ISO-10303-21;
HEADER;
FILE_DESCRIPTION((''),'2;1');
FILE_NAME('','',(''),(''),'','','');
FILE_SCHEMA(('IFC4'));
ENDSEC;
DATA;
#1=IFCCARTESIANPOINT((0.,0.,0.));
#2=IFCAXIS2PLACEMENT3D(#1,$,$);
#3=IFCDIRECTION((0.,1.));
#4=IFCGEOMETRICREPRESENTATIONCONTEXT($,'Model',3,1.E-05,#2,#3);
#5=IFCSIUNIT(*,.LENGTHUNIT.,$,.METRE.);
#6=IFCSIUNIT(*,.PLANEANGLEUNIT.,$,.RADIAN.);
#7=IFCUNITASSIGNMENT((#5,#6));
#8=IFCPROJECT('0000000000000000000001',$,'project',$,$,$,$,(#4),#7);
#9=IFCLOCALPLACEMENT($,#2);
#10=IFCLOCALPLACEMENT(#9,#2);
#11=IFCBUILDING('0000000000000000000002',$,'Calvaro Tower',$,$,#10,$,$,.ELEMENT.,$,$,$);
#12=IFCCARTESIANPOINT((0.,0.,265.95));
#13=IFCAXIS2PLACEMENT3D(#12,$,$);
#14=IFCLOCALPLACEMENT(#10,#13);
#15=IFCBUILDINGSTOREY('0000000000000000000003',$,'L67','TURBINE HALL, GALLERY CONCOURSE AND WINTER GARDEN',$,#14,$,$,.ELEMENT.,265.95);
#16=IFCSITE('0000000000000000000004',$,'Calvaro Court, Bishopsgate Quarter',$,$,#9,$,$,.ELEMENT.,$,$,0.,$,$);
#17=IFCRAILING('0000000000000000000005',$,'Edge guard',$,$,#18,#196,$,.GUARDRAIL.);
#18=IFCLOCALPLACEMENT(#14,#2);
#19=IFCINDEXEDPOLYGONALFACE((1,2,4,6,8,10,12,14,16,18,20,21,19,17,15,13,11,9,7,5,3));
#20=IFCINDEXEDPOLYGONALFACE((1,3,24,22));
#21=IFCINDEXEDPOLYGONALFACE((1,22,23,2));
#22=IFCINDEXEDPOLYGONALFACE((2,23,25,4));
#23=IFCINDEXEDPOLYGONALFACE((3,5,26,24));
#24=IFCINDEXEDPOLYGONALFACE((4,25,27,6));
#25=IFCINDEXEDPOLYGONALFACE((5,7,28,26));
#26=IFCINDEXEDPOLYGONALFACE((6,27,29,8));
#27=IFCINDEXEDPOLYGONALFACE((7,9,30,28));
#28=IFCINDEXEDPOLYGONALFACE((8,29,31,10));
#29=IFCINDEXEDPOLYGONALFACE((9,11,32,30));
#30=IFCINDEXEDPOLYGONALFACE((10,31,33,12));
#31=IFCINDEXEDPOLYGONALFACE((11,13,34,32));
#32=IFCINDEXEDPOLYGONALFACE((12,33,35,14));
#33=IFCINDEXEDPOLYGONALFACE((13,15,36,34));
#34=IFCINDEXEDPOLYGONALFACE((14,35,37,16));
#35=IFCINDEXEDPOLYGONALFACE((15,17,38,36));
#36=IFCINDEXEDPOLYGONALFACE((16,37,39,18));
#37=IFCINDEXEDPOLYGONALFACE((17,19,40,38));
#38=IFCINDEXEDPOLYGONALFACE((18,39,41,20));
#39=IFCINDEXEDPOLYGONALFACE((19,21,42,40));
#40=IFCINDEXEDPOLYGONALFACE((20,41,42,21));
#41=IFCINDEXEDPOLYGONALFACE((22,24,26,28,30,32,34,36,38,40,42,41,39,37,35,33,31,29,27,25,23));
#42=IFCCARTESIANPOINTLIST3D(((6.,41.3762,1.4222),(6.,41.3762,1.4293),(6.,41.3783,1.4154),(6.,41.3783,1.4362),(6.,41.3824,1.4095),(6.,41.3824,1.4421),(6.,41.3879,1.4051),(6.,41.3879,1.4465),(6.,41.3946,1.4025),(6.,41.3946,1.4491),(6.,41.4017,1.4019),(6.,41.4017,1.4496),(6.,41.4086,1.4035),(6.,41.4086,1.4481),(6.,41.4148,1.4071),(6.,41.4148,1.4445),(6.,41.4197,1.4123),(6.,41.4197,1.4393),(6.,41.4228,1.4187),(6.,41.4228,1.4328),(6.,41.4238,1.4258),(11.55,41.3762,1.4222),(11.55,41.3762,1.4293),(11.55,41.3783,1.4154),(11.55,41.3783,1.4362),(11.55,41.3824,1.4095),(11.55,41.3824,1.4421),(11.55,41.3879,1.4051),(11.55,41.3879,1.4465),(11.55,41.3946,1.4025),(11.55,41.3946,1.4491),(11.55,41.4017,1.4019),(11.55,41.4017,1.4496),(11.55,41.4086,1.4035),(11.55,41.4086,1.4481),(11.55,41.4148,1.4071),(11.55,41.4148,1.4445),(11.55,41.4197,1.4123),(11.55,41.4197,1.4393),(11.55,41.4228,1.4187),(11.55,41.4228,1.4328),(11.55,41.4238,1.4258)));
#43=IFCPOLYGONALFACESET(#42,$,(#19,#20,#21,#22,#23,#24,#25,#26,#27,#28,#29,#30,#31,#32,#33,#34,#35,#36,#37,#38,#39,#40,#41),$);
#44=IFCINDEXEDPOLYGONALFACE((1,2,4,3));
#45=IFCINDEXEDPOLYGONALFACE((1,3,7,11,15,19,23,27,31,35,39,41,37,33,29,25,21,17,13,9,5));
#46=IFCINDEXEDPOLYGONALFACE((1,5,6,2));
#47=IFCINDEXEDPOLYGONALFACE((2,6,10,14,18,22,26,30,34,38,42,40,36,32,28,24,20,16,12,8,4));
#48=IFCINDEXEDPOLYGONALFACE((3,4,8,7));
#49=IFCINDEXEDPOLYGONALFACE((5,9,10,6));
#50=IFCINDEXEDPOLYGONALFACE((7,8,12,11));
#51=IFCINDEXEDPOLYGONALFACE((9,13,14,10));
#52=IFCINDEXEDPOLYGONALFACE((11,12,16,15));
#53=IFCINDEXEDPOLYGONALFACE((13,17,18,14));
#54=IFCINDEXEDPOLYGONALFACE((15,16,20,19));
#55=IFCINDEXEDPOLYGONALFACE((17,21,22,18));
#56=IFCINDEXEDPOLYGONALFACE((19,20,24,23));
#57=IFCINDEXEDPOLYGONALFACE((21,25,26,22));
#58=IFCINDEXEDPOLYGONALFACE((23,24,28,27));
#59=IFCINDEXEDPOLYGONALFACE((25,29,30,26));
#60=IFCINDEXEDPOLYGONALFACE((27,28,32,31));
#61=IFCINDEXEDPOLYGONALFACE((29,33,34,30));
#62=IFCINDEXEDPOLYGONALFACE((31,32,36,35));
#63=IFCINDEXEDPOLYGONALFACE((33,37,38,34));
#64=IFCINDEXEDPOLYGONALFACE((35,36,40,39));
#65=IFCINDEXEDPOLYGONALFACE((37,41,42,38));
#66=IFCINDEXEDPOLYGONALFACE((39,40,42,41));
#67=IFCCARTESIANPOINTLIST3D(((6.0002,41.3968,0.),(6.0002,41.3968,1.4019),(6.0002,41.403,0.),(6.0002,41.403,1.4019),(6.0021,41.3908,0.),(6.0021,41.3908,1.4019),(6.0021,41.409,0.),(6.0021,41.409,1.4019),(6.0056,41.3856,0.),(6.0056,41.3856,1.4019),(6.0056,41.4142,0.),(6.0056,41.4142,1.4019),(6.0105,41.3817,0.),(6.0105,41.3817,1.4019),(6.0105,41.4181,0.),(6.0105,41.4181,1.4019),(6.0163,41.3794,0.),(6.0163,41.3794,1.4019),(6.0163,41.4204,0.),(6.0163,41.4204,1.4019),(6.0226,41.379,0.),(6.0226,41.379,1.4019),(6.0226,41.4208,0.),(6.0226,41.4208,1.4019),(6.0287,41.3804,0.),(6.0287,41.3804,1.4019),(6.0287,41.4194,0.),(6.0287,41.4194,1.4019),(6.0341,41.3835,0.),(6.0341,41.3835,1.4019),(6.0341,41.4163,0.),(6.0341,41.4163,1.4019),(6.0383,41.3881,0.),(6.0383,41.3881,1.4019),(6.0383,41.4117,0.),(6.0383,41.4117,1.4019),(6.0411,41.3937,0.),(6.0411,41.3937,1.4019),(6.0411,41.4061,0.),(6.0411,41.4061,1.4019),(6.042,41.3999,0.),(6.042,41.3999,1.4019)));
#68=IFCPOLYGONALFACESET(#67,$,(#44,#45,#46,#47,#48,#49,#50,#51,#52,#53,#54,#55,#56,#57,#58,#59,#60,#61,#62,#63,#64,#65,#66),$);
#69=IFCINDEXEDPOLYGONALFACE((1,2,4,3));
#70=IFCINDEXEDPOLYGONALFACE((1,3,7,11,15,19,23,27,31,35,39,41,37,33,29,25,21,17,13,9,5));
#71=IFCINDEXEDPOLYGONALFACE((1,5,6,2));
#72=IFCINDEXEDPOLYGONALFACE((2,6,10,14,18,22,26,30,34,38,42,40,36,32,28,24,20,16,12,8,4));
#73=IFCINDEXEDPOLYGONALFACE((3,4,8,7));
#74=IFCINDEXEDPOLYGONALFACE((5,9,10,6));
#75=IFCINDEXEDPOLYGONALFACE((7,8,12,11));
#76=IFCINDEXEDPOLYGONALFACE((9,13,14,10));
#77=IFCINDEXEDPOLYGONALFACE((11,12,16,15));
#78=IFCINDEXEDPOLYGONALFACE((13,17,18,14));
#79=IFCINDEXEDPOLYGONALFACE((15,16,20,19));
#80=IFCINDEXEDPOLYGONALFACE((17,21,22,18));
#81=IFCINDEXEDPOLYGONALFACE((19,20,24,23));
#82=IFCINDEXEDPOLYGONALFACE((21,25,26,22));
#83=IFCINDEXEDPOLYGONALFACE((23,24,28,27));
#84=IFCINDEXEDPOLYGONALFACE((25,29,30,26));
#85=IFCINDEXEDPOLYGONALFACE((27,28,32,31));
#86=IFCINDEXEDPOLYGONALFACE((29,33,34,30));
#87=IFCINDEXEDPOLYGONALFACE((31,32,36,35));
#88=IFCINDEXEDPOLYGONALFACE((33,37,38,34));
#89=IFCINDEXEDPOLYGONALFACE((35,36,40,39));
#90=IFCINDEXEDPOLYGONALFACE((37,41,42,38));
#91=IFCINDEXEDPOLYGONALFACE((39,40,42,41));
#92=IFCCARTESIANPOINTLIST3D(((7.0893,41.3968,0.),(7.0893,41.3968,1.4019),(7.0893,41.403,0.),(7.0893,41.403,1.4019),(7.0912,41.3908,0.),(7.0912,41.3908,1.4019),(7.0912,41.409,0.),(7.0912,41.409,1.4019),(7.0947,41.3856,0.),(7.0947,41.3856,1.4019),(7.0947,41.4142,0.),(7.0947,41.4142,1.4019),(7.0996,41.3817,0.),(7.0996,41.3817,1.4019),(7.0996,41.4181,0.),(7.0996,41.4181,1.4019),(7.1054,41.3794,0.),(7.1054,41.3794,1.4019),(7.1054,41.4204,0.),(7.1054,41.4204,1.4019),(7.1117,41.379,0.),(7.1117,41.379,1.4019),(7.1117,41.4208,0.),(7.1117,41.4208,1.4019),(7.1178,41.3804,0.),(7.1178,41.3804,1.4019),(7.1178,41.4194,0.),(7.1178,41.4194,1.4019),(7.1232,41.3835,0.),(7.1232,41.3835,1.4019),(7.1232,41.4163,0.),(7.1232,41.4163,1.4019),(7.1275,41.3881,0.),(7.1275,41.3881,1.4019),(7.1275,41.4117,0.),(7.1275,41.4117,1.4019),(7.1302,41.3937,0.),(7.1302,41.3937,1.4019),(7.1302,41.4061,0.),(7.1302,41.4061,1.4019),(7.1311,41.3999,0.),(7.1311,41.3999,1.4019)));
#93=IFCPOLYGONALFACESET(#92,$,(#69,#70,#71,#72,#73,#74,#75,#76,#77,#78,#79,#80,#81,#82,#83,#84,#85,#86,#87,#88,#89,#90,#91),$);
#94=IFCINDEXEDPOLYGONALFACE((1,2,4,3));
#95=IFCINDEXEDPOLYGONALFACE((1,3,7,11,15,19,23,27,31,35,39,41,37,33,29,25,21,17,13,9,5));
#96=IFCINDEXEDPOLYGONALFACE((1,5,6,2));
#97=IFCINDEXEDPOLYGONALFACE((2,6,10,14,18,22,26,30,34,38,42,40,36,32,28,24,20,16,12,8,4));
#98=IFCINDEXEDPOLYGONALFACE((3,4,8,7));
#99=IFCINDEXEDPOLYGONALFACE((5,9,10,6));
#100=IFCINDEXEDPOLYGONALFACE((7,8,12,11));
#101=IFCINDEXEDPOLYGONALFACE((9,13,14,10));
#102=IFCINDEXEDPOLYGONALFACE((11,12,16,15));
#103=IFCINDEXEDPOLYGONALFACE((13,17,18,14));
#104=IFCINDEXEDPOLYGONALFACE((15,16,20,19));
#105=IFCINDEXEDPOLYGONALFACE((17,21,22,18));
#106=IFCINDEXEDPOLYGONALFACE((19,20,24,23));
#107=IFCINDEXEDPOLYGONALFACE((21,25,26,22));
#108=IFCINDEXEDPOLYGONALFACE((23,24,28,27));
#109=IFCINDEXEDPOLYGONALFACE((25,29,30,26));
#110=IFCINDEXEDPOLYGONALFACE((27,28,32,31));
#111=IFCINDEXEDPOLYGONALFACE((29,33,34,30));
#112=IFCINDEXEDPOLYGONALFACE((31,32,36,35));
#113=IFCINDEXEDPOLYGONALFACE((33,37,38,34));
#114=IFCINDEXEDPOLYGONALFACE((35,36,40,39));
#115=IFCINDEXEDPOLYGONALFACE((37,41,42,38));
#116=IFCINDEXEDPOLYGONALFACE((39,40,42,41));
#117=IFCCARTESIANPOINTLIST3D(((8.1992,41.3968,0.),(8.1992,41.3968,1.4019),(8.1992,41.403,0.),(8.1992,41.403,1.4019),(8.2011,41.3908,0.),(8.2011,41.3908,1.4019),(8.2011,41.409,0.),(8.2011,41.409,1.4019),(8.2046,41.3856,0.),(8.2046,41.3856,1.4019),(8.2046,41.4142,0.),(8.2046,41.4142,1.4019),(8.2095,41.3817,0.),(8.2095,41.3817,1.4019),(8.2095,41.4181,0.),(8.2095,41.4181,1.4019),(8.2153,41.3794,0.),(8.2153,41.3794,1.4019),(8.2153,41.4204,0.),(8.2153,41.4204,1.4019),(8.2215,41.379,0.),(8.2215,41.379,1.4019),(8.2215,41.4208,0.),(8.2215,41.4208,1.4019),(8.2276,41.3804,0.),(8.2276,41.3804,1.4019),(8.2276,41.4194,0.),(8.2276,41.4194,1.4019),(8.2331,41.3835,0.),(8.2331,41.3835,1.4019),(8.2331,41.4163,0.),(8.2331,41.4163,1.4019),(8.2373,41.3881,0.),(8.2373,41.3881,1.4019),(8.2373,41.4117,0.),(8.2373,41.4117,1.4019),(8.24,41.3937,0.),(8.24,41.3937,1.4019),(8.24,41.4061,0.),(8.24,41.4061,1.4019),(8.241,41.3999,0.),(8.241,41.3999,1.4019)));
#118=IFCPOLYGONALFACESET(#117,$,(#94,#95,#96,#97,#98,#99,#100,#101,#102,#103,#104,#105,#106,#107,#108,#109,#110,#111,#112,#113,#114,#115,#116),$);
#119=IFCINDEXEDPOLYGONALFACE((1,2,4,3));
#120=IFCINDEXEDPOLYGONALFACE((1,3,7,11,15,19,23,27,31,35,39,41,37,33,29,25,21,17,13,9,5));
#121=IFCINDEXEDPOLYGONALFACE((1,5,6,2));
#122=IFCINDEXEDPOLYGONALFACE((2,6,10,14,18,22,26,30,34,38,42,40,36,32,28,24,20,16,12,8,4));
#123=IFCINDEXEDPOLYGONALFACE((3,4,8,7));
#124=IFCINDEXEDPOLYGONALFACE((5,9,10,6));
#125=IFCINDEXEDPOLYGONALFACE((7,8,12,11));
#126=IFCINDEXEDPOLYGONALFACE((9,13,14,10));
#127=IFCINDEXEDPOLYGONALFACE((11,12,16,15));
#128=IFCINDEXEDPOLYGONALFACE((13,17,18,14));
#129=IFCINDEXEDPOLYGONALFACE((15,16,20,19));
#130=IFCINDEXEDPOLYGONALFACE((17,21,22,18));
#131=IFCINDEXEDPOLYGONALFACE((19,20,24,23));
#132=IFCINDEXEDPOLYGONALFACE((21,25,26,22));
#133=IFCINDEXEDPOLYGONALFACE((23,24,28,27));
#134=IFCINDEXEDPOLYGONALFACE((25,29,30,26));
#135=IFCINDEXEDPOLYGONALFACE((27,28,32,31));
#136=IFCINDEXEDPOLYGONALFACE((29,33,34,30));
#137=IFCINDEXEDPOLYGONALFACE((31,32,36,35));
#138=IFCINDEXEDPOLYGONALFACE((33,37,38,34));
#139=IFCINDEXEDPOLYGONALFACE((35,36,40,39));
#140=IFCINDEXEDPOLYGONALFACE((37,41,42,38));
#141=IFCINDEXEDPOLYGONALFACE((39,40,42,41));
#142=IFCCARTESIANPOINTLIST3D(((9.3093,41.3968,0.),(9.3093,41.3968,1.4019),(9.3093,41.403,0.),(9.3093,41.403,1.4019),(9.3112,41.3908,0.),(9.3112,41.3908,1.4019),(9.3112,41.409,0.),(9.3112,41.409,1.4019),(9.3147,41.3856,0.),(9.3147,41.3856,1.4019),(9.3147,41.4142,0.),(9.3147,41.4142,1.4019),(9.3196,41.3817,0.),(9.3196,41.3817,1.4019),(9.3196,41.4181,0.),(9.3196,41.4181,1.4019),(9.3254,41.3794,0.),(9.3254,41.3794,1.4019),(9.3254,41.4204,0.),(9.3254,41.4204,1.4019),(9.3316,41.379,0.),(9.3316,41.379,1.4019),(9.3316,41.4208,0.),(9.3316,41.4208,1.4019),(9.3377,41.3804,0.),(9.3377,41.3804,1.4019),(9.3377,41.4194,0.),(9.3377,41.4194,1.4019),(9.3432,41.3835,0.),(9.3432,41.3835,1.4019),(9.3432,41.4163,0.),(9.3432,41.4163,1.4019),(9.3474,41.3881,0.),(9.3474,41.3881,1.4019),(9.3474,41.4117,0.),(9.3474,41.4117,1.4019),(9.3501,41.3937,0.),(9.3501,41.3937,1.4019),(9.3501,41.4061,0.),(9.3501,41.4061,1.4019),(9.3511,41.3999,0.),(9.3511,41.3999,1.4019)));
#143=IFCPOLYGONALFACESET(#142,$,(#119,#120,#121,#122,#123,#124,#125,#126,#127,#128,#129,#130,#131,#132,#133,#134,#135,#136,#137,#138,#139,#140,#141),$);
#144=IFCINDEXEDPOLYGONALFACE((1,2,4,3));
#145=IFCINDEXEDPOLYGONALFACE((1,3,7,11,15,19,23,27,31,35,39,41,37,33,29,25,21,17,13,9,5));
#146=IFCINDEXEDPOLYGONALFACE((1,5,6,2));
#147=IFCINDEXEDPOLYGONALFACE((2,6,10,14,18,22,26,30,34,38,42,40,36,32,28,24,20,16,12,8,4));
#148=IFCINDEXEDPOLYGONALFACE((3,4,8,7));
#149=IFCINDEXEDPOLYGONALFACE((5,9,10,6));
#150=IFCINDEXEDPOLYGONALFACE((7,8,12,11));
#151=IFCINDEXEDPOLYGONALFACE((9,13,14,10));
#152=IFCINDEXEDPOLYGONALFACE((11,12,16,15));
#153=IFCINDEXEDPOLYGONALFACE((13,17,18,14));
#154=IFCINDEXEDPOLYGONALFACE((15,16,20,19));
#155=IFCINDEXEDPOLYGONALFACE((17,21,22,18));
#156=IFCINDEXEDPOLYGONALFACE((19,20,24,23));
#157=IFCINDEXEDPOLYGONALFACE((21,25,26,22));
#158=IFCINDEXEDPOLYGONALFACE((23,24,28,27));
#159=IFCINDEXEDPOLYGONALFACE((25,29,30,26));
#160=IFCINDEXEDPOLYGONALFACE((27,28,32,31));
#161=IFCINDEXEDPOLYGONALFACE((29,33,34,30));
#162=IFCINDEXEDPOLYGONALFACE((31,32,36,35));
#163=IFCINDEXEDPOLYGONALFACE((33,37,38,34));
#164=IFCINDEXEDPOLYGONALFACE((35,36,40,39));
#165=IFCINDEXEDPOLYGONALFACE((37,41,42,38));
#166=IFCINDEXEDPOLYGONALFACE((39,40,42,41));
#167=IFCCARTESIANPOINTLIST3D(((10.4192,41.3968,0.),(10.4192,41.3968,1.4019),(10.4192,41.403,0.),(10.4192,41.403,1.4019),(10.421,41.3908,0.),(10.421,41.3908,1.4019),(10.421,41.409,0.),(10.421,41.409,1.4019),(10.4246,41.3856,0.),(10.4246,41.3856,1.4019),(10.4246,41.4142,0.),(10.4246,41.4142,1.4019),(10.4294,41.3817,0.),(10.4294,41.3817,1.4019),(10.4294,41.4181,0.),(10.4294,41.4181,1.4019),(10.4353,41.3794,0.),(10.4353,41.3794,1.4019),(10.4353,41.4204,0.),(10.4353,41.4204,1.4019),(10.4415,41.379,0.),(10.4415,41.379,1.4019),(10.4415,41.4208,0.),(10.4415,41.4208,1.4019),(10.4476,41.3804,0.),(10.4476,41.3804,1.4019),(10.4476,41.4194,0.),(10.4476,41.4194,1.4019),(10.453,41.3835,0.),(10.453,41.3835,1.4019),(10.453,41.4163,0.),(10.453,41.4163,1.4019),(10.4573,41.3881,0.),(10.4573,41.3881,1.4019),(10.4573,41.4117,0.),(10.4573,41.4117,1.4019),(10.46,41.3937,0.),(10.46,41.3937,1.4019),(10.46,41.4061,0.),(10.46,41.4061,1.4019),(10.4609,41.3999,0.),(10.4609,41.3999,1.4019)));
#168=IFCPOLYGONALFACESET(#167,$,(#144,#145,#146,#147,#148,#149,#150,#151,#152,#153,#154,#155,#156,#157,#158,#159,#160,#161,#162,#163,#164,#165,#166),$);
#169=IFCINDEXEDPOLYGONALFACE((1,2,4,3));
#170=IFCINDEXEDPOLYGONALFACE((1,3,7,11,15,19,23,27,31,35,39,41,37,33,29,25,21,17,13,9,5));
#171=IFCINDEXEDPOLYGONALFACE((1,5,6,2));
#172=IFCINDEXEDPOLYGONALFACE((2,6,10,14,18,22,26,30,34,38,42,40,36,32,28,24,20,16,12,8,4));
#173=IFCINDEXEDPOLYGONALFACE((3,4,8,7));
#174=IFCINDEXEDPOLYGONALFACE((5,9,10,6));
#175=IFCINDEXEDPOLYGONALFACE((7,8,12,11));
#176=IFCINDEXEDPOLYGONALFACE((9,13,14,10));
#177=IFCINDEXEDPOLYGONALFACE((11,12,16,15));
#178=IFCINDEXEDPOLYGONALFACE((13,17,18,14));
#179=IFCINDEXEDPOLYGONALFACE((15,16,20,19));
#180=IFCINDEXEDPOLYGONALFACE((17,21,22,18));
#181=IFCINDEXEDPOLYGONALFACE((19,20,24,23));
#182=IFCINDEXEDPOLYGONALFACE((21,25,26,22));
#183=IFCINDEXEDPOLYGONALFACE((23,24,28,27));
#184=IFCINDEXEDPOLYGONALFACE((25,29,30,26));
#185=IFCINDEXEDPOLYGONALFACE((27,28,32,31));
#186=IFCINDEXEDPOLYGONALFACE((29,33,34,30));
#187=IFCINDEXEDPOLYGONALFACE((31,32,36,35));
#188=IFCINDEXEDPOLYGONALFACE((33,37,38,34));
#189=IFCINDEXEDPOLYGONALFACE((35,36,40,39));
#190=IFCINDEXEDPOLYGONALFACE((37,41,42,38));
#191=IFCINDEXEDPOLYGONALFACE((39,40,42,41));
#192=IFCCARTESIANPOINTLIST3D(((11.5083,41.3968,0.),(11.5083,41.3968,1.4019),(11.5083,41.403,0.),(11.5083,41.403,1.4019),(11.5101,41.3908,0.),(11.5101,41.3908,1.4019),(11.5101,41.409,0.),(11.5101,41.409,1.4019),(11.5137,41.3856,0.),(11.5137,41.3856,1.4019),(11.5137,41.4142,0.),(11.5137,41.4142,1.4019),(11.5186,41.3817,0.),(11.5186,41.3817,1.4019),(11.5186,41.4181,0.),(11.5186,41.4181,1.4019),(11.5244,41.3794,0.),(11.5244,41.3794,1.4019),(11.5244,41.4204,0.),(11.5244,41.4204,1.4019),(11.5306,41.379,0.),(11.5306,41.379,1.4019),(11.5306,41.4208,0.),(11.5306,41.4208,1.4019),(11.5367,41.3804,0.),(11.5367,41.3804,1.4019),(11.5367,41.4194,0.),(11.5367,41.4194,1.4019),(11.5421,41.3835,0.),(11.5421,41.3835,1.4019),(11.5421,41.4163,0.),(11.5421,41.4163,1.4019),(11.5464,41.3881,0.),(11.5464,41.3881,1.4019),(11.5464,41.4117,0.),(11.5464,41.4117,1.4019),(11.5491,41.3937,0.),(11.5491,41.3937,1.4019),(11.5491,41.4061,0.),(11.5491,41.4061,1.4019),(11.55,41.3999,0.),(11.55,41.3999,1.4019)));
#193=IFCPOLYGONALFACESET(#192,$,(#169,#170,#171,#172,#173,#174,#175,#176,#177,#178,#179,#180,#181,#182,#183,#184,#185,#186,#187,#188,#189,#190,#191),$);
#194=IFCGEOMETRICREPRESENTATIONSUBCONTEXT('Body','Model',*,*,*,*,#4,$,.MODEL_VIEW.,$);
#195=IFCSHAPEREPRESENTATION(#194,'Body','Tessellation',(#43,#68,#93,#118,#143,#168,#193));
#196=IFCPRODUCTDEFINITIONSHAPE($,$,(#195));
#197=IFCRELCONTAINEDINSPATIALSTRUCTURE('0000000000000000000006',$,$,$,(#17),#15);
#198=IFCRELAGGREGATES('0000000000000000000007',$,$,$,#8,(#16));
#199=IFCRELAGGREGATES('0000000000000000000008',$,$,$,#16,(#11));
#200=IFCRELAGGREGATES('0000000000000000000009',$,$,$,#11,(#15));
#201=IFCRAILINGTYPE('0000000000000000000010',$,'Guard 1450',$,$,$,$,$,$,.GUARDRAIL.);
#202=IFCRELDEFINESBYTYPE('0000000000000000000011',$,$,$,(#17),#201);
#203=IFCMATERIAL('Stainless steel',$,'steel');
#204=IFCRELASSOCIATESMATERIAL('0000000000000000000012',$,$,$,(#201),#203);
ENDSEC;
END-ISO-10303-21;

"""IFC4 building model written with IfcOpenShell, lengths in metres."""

from ifc_helpers import new_model, si_unit, direction, frame, origin, origin_2d, place, context, subcontext, project, spatial, circle, extrude, material, type_object, element, save


model = new_model("IFC4")

# Units and contexts
model_context = context("Model", 3, precision=1e-05, world=origin(), true_north=direction((0.0, 1.0)))
body_context = subcontext(model_context, "Body", "Model", "MODEL_VIEW")
ifc_project = project(units=[si_unit("LENGTHUNIT", "METRE"), si_unit("PLANEANGLEUNIT", "RADIAN")], contexts=[model_context])

# Site, building, storey
site_placement = place(None, origin())
site = spatial("IfcSite", under=ifc_project, at=site_placement, Name="Calvaro Court, Bishopsgate Quarter", CompositionType="ELEMENT", RefElevation=0.0)
building_placement = place(site_placement, origin())
building = spatial("IfcBuilding", under=site, at=building_placement, Name="Calvaro Tower", CompositionType="ELEMENT")
storey_placement = place(building_placement, frame((0.0, 0.0, 265.95)))
storey = spatial("IfcBuildingStorey", under=building, at=storey_placement, Name="L67", Description="TURBINE HALL, GALLERY CONCOURSE AND WINTER GARDEN", CompositionType="ELEMENT", Elevation=265.95)

# Railing
ifc_material_1 = material(Name="Stainless steel", Category="steel")
railing_type_1 = type_object("IfcRailingType", Name="Guard 1450", PredefinedType="GUARDRAIL", material=ifc_material_1)
railing_1_placement = place(storey_placement, frame((6.0, 41.3999, 0.0)))
element("IfcRailing", 1, at=railing_1_placement, inside=storey, type_object=railing_type_1, Name="Edge guard", PredefinedType="GUARDRAIL", context=body_context, shape_type="SweptSolid", body=[
    extrude(circle(Radius=0.0239, at=origin_2d()), frame((0.0, 0.0, 1.4258), z_axis=(1.0, 0.0, 0.0), x_axis=(0.0, 1.0, 0.0)), (0.0, 0.0, 1.0), 5.55),
    extrude(circle(Radius=0.021, at=origin_2d()), frame((0.021, 0.0, 0.0)), (0.0, 0.0, 1.0), 1.4019),
    extrude(circle(Radius=0.021, at=origin_2d()), frame((1.1101, 0.0, 0.0)), (0.0, 0.0, 1.0), 1.4019),
    extrude(circle(Radius=0.021, at=origin_2d()), frame((2.22, 0.0, 0.0)), (0.0, 0.0, 1.0), 1.4019),
    extrude(circle(Radius=0.021, at=origin_2d()), frame((3.3301, 0.0, 0.0)), (0.0, 0.0, 1.0), 1.4019),
    extrude(circle(Radius=0.021, at=origin_2d()), frame((4.4399, 0.0, 0.0)), (0.0, 0.0, 1.0), 1.4019),
    extrude(circle(Radius=0.021, at=origin_2d()), frame((5.5291, 0.0, 0.0)), (0.0, 0.0, 1.0), 1.4019),
])

save(model, "model.ifc")
